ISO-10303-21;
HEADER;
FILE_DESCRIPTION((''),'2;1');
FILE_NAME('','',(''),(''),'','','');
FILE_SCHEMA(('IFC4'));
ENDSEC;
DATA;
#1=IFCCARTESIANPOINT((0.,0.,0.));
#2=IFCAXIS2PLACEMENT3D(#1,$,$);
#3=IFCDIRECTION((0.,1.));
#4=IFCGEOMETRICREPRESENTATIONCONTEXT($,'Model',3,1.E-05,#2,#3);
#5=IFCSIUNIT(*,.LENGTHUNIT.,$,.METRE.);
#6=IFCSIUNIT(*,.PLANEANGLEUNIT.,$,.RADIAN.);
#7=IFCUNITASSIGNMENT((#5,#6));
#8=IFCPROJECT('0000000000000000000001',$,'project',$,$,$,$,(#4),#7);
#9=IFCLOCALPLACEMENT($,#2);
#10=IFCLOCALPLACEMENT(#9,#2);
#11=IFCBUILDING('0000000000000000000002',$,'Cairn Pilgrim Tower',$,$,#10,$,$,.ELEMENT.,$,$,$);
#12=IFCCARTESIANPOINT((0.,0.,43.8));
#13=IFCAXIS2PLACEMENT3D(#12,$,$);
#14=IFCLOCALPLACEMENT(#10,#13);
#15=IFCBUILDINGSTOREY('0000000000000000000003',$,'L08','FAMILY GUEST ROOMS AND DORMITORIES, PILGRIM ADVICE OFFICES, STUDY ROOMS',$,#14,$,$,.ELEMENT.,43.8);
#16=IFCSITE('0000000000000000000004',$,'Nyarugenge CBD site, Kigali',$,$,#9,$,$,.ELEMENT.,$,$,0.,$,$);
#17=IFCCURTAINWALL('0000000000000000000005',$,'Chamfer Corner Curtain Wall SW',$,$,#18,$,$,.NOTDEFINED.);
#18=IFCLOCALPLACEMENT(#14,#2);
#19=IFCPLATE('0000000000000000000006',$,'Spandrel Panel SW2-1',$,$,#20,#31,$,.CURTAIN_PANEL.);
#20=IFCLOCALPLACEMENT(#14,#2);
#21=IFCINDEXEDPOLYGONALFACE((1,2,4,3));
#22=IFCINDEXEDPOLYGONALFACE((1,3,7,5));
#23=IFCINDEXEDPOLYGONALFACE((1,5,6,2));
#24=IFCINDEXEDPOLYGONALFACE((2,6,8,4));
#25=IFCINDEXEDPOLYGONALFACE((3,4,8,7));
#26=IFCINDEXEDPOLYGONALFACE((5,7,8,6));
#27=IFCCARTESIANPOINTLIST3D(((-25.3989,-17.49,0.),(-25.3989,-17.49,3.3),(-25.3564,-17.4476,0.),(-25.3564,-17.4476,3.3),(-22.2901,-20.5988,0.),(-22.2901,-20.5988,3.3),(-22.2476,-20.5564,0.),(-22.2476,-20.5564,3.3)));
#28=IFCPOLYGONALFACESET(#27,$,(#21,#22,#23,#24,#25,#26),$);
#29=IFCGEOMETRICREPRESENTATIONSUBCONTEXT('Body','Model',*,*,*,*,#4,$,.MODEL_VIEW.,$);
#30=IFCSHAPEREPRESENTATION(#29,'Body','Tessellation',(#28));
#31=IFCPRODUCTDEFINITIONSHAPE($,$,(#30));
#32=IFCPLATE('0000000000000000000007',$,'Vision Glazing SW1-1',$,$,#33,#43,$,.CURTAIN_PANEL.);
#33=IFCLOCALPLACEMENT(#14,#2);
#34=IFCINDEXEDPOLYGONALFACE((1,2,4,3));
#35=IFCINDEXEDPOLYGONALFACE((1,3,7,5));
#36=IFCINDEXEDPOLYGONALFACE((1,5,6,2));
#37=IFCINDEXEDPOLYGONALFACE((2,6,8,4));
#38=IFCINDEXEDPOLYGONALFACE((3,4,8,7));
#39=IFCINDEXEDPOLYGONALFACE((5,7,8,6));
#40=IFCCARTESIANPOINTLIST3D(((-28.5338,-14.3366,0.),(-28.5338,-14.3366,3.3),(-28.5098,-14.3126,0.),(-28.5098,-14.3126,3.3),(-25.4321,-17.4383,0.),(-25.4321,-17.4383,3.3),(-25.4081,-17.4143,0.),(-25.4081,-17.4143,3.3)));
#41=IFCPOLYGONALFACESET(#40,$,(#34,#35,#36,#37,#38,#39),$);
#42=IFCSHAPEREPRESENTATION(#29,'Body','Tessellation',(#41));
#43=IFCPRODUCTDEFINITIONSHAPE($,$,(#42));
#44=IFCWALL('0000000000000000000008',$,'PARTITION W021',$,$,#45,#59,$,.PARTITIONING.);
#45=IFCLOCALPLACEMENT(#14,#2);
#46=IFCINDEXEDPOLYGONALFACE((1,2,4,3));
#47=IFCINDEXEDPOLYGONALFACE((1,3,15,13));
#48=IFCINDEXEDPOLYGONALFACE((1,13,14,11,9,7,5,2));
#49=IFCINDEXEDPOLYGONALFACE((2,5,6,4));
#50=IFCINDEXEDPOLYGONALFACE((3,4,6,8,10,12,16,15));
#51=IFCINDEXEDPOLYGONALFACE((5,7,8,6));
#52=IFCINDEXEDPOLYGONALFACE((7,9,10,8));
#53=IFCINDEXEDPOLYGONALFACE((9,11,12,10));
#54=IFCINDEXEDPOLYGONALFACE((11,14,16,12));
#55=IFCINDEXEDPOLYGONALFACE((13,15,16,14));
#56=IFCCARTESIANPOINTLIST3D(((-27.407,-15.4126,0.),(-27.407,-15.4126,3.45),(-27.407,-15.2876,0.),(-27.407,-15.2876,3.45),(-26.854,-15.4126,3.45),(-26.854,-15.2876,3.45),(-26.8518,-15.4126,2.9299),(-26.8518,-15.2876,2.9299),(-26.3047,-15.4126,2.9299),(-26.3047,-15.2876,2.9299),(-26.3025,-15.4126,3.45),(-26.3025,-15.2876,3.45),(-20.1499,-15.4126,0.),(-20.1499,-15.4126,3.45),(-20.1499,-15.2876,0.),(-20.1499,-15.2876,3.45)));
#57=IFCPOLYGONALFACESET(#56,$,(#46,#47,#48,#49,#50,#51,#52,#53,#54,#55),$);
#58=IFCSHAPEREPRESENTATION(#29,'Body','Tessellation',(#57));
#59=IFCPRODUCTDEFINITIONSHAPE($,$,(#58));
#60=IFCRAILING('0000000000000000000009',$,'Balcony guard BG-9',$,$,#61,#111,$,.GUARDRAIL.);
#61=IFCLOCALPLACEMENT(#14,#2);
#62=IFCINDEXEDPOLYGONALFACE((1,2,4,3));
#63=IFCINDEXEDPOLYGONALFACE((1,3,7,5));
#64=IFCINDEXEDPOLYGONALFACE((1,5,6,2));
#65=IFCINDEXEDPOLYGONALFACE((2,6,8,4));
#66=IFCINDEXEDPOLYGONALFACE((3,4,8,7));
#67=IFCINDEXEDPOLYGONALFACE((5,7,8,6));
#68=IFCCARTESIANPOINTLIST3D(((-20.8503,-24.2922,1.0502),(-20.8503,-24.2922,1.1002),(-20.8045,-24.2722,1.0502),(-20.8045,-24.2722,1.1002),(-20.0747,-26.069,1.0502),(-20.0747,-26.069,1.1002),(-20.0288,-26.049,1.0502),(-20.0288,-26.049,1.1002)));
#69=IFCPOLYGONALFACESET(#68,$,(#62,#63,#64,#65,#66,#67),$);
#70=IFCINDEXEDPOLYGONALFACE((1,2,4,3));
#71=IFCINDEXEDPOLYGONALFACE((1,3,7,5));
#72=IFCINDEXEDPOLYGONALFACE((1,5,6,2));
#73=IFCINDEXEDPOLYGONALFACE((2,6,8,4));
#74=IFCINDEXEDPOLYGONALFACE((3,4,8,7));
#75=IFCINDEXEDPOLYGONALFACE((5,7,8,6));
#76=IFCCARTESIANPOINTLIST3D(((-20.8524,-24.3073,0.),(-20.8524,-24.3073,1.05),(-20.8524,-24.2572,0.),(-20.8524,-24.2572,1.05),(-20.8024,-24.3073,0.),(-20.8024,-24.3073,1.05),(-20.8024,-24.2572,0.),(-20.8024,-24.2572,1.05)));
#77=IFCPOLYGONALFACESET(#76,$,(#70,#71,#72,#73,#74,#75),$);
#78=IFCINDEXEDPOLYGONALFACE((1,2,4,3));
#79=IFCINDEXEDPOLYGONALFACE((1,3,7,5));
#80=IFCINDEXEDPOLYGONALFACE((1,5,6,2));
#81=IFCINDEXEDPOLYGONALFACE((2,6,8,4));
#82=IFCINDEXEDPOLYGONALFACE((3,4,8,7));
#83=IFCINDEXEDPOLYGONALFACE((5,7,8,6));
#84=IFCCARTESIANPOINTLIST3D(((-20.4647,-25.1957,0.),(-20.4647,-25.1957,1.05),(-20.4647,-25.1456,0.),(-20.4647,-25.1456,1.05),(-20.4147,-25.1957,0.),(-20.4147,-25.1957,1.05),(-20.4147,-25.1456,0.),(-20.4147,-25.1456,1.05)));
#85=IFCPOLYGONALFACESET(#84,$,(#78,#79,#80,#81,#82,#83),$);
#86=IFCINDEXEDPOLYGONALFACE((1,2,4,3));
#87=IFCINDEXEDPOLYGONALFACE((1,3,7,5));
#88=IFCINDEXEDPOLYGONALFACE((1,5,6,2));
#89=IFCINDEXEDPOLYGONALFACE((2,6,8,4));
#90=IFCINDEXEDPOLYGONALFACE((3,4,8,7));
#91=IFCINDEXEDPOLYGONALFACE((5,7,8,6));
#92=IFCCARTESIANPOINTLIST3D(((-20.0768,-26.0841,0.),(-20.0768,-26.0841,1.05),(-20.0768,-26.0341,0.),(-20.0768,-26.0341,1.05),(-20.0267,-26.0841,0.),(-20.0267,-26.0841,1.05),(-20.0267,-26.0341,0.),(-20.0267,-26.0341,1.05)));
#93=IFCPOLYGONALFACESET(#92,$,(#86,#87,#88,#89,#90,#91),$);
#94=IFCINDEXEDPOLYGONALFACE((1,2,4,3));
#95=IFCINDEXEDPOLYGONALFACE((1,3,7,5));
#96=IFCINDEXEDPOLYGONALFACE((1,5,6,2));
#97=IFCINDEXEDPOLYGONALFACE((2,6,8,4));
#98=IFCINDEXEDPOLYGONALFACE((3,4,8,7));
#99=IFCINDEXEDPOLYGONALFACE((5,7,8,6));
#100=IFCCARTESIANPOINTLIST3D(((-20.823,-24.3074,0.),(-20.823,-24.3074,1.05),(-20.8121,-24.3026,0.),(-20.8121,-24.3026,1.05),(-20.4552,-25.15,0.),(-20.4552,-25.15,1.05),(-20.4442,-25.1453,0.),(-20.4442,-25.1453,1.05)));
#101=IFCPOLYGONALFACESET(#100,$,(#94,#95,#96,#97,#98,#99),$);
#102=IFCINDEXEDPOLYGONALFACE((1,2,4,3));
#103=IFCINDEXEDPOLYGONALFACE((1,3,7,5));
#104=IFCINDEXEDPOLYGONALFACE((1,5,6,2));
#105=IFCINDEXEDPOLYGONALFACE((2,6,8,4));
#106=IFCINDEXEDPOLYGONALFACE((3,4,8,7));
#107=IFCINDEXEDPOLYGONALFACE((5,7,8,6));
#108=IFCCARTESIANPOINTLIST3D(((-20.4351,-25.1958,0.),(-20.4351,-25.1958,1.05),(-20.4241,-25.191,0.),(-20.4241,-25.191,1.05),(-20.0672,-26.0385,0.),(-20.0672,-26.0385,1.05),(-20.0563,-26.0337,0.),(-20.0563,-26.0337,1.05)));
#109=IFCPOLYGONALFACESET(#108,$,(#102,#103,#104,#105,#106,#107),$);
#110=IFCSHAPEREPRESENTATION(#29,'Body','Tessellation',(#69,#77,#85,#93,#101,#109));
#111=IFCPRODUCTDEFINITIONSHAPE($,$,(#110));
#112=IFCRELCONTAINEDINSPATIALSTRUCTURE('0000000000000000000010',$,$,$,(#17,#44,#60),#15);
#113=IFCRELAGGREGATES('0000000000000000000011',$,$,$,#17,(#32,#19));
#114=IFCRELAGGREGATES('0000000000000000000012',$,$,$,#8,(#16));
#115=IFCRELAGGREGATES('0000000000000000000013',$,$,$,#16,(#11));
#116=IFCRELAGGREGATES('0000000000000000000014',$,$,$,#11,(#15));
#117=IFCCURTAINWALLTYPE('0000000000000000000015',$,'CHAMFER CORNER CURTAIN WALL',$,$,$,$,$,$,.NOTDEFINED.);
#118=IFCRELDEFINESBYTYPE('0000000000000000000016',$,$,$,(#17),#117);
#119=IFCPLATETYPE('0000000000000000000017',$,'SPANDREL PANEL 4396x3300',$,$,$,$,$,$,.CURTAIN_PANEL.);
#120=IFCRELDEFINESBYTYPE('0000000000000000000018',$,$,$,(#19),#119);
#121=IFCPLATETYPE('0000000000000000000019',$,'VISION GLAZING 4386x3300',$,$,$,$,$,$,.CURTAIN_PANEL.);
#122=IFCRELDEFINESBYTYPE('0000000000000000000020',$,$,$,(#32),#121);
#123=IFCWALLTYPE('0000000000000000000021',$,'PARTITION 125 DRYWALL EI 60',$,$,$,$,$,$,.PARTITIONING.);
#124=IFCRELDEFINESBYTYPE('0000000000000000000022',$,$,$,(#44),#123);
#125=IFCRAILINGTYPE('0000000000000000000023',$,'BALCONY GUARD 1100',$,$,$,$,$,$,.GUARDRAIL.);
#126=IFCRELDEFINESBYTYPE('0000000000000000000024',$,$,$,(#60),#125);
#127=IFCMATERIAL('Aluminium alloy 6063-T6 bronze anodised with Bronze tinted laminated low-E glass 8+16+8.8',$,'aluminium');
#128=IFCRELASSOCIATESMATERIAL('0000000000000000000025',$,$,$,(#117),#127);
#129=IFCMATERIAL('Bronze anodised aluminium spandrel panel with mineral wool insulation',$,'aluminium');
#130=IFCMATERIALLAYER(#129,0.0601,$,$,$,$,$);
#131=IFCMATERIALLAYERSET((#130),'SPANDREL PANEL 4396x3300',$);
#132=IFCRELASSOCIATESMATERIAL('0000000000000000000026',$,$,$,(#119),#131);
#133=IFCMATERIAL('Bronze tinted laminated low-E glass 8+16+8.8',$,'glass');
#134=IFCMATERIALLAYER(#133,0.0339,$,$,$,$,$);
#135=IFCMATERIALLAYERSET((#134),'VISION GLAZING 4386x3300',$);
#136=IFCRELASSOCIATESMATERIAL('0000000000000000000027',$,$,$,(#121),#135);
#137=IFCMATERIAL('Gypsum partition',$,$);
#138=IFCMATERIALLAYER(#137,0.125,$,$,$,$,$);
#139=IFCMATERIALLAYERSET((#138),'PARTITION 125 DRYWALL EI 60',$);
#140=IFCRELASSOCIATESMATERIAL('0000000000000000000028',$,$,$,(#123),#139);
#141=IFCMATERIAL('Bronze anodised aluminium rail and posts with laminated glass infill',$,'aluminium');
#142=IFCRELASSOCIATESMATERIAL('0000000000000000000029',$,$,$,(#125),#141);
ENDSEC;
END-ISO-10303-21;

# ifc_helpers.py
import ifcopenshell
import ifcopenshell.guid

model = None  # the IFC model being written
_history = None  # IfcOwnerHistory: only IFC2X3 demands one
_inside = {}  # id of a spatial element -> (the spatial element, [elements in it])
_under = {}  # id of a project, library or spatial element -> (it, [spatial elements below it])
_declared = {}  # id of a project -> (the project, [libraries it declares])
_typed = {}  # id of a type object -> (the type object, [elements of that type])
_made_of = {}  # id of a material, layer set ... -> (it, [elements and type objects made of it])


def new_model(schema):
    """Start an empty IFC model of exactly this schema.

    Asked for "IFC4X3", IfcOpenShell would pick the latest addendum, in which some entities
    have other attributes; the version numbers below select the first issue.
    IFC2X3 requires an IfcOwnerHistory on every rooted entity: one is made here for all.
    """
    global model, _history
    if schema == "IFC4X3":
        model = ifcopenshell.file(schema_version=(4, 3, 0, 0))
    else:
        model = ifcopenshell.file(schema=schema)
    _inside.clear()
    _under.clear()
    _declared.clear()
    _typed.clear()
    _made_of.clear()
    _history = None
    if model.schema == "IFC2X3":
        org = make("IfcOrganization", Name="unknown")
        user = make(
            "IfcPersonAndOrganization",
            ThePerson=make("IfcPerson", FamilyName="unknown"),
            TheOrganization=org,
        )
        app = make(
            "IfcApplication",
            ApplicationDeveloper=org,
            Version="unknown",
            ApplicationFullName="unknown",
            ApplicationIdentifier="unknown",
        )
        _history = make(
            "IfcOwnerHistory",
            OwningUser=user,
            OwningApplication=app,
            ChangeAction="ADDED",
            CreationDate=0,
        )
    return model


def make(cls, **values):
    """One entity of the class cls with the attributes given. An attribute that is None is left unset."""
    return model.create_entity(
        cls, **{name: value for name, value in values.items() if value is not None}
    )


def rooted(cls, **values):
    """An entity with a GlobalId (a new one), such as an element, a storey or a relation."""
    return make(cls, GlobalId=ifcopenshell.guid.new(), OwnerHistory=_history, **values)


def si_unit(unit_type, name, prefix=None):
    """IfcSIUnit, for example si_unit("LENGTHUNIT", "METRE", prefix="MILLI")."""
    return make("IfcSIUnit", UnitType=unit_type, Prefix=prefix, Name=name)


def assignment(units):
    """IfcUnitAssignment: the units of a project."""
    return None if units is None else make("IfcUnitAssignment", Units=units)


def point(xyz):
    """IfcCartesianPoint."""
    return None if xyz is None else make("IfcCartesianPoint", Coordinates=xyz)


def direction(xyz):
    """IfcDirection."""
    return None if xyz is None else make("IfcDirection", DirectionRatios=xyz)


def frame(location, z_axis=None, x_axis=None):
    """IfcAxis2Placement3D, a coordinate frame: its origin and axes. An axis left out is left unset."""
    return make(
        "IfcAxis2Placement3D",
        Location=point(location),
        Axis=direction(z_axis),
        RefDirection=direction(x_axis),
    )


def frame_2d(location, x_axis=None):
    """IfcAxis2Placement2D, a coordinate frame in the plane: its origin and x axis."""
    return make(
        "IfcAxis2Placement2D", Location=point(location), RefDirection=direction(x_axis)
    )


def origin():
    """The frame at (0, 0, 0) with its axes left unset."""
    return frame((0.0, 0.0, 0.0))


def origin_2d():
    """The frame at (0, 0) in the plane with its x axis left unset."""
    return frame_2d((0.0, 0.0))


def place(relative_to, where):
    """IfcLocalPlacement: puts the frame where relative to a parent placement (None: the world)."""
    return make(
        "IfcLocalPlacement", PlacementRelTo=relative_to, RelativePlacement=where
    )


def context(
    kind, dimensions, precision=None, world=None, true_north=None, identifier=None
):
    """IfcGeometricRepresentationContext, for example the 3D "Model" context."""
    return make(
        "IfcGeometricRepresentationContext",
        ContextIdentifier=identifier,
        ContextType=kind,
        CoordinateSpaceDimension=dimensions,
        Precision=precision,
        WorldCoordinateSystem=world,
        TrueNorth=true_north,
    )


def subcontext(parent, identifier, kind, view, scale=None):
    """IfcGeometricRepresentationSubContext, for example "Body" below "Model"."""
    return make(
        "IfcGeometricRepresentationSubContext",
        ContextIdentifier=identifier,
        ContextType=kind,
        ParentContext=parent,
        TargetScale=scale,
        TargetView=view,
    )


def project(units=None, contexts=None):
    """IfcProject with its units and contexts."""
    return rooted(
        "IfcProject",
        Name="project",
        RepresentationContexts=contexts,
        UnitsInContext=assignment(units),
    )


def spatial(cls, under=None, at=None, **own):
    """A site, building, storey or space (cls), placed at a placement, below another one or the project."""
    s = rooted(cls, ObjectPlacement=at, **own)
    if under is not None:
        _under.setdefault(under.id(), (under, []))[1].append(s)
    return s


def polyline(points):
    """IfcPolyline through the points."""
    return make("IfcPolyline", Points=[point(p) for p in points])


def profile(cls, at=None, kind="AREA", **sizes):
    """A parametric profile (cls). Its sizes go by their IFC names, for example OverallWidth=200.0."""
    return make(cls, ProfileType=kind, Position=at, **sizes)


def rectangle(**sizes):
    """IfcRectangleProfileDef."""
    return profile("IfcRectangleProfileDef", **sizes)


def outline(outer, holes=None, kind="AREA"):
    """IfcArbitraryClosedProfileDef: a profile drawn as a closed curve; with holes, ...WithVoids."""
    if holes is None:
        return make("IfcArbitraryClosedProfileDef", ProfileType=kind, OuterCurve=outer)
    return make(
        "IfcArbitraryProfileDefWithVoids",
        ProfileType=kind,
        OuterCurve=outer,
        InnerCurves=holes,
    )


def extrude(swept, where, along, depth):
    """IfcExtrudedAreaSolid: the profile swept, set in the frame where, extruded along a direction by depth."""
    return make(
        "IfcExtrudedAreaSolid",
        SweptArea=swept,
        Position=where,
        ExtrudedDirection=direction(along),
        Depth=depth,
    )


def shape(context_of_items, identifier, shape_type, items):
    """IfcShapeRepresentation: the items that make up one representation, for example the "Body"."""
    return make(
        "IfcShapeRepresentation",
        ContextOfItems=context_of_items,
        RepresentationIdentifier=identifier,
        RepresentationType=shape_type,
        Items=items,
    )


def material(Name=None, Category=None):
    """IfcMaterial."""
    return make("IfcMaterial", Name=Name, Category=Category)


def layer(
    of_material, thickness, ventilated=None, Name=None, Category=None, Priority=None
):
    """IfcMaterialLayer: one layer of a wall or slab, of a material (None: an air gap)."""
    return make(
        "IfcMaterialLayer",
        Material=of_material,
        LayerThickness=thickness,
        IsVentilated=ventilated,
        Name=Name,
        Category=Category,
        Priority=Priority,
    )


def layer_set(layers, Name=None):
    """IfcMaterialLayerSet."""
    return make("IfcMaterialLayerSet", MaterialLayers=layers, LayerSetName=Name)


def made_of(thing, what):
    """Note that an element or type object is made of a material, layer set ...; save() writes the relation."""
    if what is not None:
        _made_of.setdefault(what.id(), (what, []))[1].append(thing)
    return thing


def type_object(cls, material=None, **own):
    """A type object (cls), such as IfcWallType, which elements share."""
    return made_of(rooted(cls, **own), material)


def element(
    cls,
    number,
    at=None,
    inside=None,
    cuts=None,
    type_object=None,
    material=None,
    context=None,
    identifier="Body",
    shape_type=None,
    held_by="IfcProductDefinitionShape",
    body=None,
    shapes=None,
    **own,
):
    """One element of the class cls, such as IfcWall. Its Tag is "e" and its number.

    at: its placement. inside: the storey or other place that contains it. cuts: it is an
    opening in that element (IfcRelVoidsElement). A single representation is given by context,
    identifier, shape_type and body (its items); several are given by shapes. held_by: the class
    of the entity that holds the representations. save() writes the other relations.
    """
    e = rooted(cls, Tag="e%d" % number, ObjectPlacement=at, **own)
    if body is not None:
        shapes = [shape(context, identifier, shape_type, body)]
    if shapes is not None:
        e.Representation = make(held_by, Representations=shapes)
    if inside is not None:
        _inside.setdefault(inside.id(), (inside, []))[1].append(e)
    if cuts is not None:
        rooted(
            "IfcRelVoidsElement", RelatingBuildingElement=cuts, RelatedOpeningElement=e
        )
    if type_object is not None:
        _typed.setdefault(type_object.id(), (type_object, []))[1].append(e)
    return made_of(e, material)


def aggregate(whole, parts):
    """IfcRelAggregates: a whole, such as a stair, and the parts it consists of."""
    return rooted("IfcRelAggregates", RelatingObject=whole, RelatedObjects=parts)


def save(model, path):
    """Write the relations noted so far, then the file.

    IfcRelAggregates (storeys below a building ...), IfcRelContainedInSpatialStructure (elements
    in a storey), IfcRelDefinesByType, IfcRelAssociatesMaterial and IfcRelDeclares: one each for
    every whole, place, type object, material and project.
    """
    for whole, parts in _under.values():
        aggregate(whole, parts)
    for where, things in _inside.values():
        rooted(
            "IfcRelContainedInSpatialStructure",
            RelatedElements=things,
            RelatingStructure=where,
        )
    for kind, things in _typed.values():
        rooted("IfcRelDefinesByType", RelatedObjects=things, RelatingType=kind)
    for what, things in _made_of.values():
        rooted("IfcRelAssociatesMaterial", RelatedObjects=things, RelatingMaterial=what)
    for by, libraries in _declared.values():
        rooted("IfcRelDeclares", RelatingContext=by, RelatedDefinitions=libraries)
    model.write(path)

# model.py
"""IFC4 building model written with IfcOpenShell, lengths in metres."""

from ifc_helpers import new_model, si_unit, direction, frame, origin, origin_2d, place, context, subcontext, project, spatial, polyline, rectangle, outline, extrude, material, layer, layer_set, type_object, element, aggregate, save


model = new_model("IFC4")

# Units and contexts
model_context = context("Model", 3, precision=1e-05, world=origin(), true_north=direction((0.0, 1.0)))
body_context = subcontext(model_context, "Body", "Model", "MODEL_VIEW")
ifc_project = project(units=[si_unit("LENGTHUNIT", "METRE"), si_unit("PLANEANGLEUNIT", "RADIAN")], contexts=[model_context])

# Site, building, storey
site_placement = place(None, origin())
site = spatial("IfcSite", under=ifc_project, at=site_placement, Name="Nyarugenge CBD site, Kigali", CompositionType="ELEMENT", RefElevation=0.0)
building_placement = place(site_placement, origin())
building = spatial("IfcBuilding", under=site, at=building_placement, Name="Cairn Pilgrim Tower", CompositionType="ELEMENT")
storey_placement = place(building_placement, frame((0.0, 0.0, 43.8)))
storey = spatial("IfcBuildingStorey", under=building, at=storey_placement, Name="L08", Description="FAMILY GUEST ROOMS AND DORMITORIES, PILGRIM ADVICE OFFICES, STUDY ROOMS", CompositionType="ELEMENT", Elevation=43.8)

# Curtain wall
ifc_material_1 = material(Name="Aluminium alloy 6063-T6 bronze anodised with Bronze tinted laminated low-E glass 8+16+8.8", Category="aluminium")
curtain_wall_type = type_object("IfcCurtainWallType", Name="CHAMFER CORNER CURTAIN WALL", PredefinedType="NOTDEFINED", material=ifc_material_1)
curtain_wall_placement = place(storey_placement, origin())
curtain_wall = element("IfcCurtainWall", 1, at=curtain_wall_placement, inside=storey, type_object=curtain_wall_type, Name="Chamfer Corner Curtain Wall SW", PredefinedType="NOTDEFINED")

# Plates
ifc_material_2 = material(Name="Bronze anodised aluminium spandrel panel with mineral wool insulation", Category="aluminium")
ifc_layer_1 = layer(ifc_material_2, 0.0601)
ifc_layer_set_1 = layer_set([ifc_layer_1], Name="SPANDREL PANEL 4396x3300")
plate_type_1 = type_object("IfcPlateType", Name="SPANDREL PANEL 4396x3300", PredefinedType="CURTAIN_PANEL", material=ifc_layer_set_1)
plate_1_placement = place(storey_placement, frame((-23.8232, -19.0232, 0.0), z_axis=(0.0, 0.0, 1.0), x_axis=(0.707107, -0.707107, 0.0)))
plate_1 = element("IfcPlate", 2, at=plate_1_placement, type_object=plate_type_1, Name="Spandrel Panel SW2-1", PredefinedType="CURTAIN_PANEL", context=body_context, shape_type="SweptSolid", body=[
    extrude(rectangle(XDim=4.3965, YDim=0.0601, at=origin_2d()), origin(), (0.0, 0.0, 1.0), 3.3),
])
ifc_material_3 = material(Name="Bronze tinted laminated low-E glass 8+16+8.8", Category="glass")
ifc_layer_2 = layer(ifc_material_3, 0.0339)
ifc_layer_set_2 = layer_set([ifc_layer_2], Name="VISION GLAZING 4386x3300")
plate_type_2 = type_object("IfcPlateType", Name="VISION GLAZING 4386x3300", PredefinedType="CURTAIN_PANEL", material=ifc_layer_set_2)
plate_2_placement = place(storey_placement, frame((-26.9709, -15.8755, 0.0), z_axis=(0.0, 0.0, 1.0), x_axis=(0.707107, -0.707107, 0.0)))
plate_2 = element("IfcPlate", 3, at=plate_2_placement, type_object=plate_type_2, Name="Vision Glazing SW1-1", PredefinedType="CURTAIN_PANEL", context=body_context, shape_type="SweptSolid", body=[
    extrude(rectangle(XDim=4.3865, YDim=0.0339, at=origin_2d()), origin(), (0.0, 0.0, 1.0), 3.3),
])
aggregate(curtain_wall, [plate_2, plate_1])

# Wall
ifc_material_4 = material(Name="Gypsum partition")
ifc_layer_3 = layer(ifc_material_4, 0.125)
ifc_layer_set_3 = layer_set([ifc_layer_3], Name="PARTITION 125 DRYWALL EI 60")
wall_type = type_object("IfcWallType", Name="PARTITION 125 DRYWALL EI 60", PredefinedType="PARTITIONING", material=ifc_layer_set_3)
wall_placement = place(storey_placement, frame((-27.407, -15.3501, 0.0), z_axis=(0.0, 0.0, 1.0), x_axis=(1.0, 0.0, 0.0)))
element("IfcWall", 4, at=wall_placement, inside=storey, type_object=wall_type, Name="PARTITION W021", PredefinedType="PARTITIONING", context=body_context, shape_type="SweptSolid", body=[
    extrude(outline(polyline([(0.0, 0.0), (7.2571, 0.0), (7.2571, 3.45), (1.1045, 3.45), (1.1023, 2.9299), (0.5552, 2.9299), (0.553, 3.45), (0.0, 3.45), (0.0, 0.0)])), frame((0.0, 0.0625, 0.0), z_axis=(0.0, -1.0, 0.0), x_axis=(1.0, 0.0, 0.0)), (0.0, 0.0, 1.0), 0.125),
])

# Railing
ifc_material_5 = material(Name="Bronze anodised aluminium rail and posts with laminated glass infill", Category="aluminium")
railing_type_1 = type_object("IfcRailingType", Name="BALCONY GUARD 1100", PredefinedType="GUARDRAIL", material=ifc_material_5)
railing_1_placement = place(storey_placement, frame((-20.8274, -24.2822, 0.0)))
element("IfcRailing", 5, at=railing_1_placement, inside=storey, type_object=railing_type_1, Name="Balcony guard BG-9", PredefinedType="GUARDRAIL", context=body_context, shape_type="SweptSolid", body=[
    extrude(rectangle(XDim=0.05, YDim=0.05, at=origin_2d()), frame((0.0, 0.0, 1.0752), z_axis=(0.400066, -0.916486, 0.0), x_axis=(0.916486, 0.400066, 0.0)), (0.0, 0.0, 1.0), 1.9387),
    extrude(rectangle(XDim=0.05, YDim=0.05, at=origin_2d()), origin(), (0.0, 0.0, 1.0), 1.05),
    extrude(rectangle(XDim=0.05, YDim=0.05, at=origin_2d()), frame((0.3877, -0.8884, 0.0)), (0.0, 0.0, 1.0), 1.05),
    extrude(rectangle(XDim=0.05, YDim=0.05, at=origin_2d()), frame((0.7756, -1.7769, 0.0)), (0.0, 0.0, 1.0), 1.05),
    extrude(outline(polyline([(0.0249, 0.0), (0.9443, 0.0), (0.9443, 1.05), (0.0249, 1.05), (0.0249, 0.0)])), frame((0.0054, 0.0024, 0.0), z_axis=(-0.916486, -0.400066, 0.0), x_axis=(0.400066, -0.916486, 0.0)), (0.0, 0.0, 1.0), 0.012),
    extrude(outline(polyline([(0.0249, 0.0), (0.9443, 0.0), (0.9443, 1.05), (0.0249, 1.05), (0.0249, 0.0)])), frame((0.3933, -0.886, 0.0), z_axis=(-0.916486, -0.400066, 0.0), x_axis=(0.400066, -0.916486, 0.0)), (0.0, 0.0, 1.0), 0.012),
])

save(model, "model.ifc")
